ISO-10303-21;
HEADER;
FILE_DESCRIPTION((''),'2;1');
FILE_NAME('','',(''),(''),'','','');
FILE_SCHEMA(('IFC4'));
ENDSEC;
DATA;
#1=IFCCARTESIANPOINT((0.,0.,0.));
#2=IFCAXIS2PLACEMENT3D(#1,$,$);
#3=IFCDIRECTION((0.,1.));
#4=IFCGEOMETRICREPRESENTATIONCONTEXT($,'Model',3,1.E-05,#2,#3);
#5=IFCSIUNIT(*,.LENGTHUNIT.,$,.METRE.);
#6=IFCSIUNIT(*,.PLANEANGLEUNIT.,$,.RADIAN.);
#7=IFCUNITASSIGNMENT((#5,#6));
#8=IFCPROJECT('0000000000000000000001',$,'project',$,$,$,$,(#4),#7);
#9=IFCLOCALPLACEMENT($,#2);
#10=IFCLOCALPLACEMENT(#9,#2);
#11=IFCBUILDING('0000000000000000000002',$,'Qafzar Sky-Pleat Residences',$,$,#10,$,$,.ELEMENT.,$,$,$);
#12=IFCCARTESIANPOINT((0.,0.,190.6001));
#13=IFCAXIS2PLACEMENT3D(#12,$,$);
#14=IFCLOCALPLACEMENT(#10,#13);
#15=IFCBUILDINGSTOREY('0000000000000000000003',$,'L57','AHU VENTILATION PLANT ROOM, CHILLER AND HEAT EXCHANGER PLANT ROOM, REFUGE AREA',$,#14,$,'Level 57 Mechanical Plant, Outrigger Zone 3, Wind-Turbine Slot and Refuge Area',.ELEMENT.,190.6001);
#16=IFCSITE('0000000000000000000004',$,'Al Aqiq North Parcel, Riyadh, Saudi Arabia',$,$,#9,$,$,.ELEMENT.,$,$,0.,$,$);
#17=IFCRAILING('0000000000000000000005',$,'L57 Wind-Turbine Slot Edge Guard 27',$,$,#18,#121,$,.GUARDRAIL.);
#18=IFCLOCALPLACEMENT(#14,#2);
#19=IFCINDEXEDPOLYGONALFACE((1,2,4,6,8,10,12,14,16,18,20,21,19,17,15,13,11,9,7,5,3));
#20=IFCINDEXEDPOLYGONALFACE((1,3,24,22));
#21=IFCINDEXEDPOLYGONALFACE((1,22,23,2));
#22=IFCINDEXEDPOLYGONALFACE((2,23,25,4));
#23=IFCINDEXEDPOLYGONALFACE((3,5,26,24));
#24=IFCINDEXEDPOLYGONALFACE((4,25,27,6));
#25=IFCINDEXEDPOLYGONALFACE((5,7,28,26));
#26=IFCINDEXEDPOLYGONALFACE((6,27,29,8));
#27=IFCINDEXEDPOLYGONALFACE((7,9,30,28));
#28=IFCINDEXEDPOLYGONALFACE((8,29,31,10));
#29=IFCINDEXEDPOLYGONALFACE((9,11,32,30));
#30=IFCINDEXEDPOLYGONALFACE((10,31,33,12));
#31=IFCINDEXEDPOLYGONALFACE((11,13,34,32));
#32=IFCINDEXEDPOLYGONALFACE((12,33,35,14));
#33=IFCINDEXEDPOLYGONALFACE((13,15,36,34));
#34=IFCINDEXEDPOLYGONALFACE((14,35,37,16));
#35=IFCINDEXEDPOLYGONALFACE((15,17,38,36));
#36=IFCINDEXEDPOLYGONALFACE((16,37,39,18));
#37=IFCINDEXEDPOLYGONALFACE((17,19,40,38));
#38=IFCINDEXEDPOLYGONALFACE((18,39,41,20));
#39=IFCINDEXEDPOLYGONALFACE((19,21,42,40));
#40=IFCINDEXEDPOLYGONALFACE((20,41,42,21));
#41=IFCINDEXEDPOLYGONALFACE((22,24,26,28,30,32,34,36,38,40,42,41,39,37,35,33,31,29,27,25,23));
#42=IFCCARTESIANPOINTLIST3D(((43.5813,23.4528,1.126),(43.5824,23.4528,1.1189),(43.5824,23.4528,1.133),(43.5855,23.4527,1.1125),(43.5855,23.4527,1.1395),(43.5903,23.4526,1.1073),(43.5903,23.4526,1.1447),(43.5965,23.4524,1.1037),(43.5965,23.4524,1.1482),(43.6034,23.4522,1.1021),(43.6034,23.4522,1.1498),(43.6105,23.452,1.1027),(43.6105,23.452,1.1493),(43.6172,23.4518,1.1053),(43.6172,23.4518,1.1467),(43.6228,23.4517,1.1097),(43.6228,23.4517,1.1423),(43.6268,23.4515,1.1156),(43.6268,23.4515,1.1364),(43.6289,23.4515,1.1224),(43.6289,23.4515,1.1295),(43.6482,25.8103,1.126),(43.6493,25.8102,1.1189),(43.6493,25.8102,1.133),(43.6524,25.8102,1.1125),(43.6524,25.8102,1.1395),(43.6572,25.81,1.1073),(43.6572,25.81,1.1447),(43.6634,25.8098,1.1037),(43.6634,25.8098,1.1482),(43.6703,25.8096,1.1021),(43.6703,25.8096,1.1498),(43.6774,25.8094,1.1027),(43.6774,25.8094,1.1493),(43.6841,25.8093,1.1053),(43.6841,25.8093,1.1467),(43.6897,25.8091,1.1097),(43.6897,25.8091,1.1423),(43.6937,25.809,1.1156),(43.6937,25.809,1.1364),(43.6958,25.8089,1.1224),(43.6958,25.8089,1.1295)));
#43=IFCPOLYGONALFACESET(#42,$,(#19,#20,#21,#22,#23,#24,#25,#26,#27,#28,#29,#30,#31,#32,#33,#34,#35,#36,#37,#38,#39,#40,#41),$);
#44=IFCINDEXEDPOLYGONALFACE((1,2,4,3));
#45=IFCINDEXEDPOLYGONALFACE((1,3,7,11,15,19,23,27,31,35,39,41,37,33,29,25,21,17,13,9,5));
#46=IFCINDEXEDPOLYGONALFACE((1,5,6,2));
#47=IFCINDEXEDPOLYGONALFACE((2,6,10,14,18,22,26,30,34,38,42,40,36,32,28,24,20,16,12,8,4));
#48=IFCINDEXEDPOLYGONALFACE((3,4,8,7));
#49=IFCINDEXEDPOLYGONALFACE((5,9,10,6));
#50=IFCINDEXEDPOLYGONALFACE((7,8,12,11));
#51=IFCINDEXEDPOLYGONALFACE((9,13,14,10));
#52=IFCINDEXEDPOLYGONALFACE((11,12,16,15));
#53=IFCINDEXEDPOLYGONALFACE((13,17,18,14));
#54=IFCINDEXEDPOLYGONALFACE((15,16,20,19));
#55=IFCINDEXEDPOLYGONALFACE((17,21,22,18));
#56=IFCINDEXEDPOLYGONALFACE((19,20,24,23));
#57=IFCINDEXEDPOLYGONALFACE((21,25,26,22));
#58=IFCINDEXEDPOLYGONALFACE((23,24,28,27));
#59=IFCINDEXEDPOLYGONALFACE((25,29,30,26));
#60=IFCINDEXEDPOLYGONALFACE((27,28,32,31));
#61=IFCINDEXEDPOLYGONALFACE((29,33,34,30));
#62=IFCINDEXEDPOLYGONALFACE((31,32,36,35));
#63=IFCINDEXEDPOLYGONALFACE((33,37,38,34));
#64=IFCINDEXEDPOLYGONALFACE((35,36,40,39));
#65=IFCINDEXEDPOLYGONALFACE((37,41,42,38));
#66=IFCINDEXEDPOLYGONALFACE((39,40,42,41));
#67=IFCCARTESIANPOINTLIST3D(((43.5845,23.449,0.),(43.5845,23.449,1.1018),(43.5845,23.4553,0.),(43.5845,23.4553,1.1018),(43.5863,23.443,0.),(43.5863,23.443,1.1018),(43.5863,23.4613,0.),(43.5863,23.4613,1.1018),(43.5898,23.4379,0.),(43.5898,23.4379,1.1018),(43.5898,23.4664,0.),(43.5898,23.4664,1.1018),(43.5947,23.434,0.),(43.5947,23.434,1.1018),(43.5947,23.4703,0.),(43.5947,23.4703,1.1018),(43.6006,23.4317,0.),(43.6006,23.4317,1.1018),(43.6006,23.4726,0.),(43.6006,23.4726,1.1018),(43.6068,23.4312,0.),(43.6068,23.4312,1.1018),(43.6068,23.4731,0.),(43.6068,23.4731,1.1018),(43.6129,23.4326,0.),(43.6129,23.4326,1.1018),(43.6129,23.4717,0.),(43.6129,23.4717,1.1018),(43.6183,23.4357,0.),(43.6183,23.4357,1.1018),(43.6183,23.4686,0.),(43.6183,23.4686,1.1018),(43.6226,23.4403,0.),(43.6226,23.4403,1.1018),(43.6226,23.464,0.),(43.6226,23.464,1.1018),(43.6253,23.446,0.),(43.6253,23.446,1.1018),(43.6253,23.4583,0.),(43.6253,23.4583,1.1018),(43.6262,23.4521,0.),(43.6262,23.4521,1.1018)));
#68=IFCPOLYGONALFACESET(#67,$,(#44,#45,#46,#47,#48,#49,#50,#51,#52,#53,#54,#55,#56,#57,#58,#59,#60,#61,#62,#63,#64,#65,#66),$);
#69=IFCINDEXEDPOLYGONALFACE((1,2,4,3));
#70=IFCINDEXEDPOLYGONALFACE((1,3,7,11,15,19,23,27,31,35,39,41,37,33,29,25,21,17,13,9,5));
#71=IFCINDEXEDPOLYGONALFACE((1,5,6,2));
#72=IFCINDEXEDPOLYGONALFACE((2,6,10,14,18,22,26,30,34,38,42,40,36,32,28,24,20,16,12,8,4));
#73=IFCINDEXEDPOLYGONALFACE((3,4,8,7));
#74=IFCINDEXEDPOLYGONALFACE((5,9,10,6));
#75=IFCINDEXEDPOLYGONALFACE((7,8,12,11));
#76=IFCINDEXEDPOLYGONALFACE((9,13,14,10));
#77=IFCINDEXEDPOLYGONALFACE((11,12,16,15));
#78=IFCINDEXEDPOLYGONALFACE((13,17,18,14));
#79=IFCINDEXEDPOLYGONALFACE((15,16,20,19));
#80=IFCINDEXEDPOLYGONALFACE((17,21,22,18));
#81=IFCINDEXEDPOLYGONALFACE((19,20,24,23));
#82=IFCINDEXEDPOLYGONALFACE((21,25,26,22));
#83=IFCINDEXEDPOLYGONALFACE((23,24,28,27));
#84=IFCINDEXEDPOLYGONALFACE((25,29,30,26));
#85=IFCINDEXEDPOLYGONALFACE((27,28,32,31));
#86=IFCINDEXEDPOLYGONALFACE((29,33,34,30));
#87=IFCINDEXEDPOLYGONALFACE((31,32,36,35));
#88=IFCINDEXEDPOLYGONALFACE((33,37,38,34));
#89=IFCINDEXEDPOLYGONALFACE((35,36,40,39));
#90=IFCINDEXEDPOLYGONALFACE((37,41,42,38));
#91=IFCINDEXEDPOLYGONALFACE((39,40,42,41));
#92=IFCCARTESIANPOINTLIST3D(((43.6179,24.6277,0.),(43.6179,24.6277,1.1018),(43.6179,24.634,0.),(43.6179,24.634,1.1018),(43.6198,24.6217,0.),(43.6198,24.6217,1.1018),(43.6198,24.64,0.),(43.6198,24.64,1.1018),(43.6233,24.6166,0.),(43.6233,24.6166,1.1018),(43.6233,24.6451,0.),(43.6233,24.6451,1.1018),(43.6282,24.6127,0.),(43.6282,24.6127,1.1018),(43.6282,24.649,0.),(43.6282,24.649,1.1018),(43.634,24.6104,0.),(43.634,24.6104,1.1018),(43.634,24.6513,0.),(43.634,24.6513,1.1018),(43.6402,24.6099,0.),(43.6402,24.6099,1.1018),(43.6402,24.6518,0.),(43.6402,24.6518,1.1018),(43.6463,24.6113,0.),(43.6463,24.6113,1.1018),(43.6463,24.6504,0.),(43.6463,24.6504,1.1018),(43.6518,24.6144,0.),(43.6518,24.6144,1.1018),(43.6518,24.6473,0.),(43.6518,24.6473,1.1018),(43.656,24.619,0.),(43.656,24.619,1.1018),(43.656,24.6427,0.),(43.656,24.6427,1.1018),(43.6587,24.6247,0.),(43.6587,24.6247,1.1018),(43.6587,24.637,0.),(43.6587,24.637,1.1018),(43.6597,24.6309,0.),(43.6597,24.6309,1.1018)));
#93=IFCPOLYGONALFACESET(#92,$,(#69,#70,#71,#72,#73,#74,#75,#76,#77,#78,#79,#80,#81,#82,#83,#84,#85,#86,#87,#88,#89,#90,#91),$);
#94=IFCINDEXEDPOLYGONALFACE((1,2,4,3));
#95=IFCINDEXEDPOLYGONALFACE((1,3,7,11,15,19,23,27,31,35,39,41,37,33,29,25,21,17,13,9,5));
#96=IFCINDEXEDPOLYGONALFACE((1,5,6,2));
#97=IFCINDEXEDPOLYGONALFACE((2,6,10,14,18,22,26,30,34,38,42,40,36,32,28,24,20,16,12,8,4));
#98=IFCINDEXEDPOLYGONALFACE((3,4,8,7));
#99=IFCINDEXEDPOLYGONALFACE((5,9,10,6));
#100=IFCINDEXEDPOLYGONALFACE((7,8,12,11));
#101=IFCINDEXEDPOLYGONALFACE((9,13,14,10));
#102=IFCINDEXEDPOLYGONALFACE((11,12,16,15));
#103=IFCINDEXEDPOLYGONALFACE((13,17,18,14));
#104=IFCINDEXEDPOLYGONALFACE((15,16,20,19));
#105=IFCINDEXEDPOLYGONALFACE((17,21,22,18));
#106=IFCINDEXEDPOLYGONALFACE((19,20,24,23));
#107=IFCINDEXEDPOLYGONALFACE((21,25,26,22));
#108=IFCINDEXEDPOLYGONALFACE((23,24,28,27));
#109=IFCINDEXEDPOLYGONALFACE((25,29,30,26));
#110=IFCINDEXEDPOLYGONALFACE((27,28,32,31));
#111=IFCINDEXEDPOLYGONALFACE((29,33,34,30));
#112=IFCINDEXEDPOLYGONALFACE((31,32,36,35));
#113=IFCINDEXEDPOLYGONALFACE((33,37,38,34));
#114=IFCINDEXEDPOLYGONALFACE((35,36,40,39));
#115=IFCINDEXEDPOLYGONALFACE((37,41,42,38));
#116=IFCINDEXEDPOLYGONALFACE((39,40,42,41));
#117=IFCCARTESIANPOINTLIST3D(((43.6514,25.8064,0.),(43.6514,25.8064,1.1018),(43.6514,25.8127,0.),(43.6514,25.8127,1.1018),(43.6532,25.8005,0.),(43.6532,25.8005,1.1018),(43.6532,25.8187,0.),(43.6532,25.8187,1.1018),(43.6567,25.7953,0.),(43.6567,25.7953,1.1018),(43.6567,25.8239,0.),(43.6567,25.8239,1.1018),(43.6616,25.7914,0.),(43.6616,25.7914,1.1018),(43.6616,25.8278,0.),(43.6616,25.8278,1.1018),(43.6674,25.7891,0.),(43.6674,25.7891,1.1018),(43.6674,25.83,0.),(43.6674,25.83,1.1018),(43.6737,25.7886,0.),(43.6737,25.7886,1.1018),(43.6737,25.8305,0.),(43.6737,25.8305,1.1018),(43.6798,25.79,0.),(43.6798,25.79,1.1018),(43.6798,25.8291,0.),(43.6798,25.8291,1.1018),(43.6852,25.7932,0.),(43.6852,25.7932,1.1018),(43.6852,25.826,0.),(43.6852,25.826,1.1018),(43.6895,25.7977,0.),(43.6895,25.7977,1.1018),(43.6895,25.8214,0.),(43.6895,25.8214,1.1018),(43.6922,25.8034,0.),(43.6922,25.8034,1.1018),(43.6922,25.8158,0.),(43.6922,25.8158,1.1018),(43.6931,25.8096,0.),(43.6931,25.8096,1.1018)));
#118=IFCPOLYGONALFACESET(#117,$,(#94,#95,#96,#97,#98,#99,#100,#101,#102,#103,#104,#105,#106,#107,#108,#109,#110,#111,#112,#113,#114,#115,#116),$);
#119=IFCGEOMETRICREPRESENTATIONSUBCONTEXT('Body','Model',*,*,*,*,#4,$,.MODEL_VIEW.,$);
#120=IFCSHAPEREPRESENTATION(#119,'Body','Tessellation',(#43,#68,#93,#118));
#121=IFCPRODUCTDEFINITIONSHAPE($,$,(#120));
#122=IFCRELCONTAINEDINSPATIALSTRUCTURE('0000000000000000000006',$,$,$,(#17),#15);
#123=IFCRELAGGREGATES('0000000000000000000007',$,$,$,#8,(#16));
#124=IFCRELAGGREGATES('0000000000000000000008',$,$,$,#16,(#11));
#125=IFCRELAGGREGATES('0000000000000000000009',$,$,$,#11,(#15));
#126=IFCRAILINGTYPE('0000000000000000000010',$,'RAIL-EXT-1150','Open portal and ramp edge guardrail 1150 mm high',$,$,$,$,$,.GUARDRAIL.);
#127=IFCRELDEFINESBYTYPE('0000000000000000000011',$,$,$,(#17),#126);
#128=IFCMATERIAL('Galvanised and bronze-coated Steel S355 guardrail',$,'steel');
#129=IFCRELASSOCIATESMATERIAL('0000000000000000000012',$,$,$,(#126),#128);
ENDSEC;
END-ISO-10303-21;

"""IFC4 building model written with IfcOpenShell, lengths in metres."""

from ifc_helpers import new_model, si_unit, direction, frame, origin, origin_2d, place, context, subcontext, project, spatial, circle, extrude, source, transform, mapped, material, type_object, element, save


model = new_model("IFC4")

# Units and contexts
model_context = context("Model", 3, precision=1e-05, world=origin(), true_north=direction((0.0, 1.0)))
body_context = subcontext(model_context, "Body", "Model", "MODEL_VIEW")
ifc_project = project(units=[si_unit("LENGTHUNIT", "METRE"), si_unit("PLANEANGLEUNIT", "RADIAN")], contexts=[model_context])

# Site, building, storey
site_placement = place(None, origin())
site = spatial("IfcSite", under=ifc_project, at=site_placement, Name="Al Aqiq North Parcel, Riyadh, Saudi Arabia", CompositionType="ELEMENT", RefElevation=0.0)
building_placement = place(site_placement, origin())
building = spatial("IfcBuilding", under=site, at=building_placement, Name="Qafzar Sky-Pleat Residences", CompositionType="ELEMENT")
storey_placement = place(building_placement, frame((0.0, 0.0, 190.6001)))
storey = spatial("IfcBuildingStorey", under=building, at=storey_placement, Name="L57", Description="AHU VENTILATION PLANT ROOM, CHILLER AND HEAT EXCHANGER PLANT ROOM, REFUGE AREA", LongName="Level 57 Mechanical Plant, Outrigger Zone 3, Wind-Turbine Slot and Refuge Area", CompositionType="ELEMENT", Elevation=190.6001)

# Railing
ifc_material_1 = material(Name="Galvanised and bronze-coated Steel S355 guardrail", Category="steel")
railing_type = type_object("IfcRailingType", Name="RAIL-EXT-1150", Description="Open portal and ramp edge guardrail 1150 mm high", PredefinedType="GUARDRAIL", material=ifc_material_1)
shared_shape_1 = source(origin(), body_context, "Body", "SweptSolid", [
    extrude(circle(Radius=0.0239, at=origin_2d()), frame((0.0, 0.0, 1.126), z_axis=(0.028365, 0.999598, 0.0), x_axis=(-0.999598, 0.028365, 0.0)), (0.0, 0.0, 1.0), 2.3584),
    extrude(circle(Radius=0.021, at=origin_2d()), origin(), (0.0, 0.0, 1.0), 1.1018),
    extrude(circle(Radius=0.021, at=origin_2d()), frame((0.0334, 1.1787, 0.0)), (0.0, 0.0, 1.0), 1.1018),
    extrude(circle(Radius=0.021, at=origin_2d()), frame((0.0669, 2.3574, 0.0)), (0.0, 0.0, 1.0), 1.1018),
])
railing_1_placement = place(storey_placement, frame((43.6052, 23.4521, 0.0)))
element("IfcRailing", 1, at=railing_1_placement, inside=storey, type_object=railing_type, Name="L57 Wind-Turbine Slot Edge Guard 27", PredefinedType="GUARDRAIL", context=body_context, shape_type="MappedRepresentation", body=[
    mapped(shared_shape_1, transform((0.0, 0.0, 0.0), x_axis=(1.0, 0.0, 0.0), y_axis=(0.0, 1.0, 0.0), z_axis=(0.0, 0.0, 1.0), scale=1.0)),
])

save(model, "model.ifc")
